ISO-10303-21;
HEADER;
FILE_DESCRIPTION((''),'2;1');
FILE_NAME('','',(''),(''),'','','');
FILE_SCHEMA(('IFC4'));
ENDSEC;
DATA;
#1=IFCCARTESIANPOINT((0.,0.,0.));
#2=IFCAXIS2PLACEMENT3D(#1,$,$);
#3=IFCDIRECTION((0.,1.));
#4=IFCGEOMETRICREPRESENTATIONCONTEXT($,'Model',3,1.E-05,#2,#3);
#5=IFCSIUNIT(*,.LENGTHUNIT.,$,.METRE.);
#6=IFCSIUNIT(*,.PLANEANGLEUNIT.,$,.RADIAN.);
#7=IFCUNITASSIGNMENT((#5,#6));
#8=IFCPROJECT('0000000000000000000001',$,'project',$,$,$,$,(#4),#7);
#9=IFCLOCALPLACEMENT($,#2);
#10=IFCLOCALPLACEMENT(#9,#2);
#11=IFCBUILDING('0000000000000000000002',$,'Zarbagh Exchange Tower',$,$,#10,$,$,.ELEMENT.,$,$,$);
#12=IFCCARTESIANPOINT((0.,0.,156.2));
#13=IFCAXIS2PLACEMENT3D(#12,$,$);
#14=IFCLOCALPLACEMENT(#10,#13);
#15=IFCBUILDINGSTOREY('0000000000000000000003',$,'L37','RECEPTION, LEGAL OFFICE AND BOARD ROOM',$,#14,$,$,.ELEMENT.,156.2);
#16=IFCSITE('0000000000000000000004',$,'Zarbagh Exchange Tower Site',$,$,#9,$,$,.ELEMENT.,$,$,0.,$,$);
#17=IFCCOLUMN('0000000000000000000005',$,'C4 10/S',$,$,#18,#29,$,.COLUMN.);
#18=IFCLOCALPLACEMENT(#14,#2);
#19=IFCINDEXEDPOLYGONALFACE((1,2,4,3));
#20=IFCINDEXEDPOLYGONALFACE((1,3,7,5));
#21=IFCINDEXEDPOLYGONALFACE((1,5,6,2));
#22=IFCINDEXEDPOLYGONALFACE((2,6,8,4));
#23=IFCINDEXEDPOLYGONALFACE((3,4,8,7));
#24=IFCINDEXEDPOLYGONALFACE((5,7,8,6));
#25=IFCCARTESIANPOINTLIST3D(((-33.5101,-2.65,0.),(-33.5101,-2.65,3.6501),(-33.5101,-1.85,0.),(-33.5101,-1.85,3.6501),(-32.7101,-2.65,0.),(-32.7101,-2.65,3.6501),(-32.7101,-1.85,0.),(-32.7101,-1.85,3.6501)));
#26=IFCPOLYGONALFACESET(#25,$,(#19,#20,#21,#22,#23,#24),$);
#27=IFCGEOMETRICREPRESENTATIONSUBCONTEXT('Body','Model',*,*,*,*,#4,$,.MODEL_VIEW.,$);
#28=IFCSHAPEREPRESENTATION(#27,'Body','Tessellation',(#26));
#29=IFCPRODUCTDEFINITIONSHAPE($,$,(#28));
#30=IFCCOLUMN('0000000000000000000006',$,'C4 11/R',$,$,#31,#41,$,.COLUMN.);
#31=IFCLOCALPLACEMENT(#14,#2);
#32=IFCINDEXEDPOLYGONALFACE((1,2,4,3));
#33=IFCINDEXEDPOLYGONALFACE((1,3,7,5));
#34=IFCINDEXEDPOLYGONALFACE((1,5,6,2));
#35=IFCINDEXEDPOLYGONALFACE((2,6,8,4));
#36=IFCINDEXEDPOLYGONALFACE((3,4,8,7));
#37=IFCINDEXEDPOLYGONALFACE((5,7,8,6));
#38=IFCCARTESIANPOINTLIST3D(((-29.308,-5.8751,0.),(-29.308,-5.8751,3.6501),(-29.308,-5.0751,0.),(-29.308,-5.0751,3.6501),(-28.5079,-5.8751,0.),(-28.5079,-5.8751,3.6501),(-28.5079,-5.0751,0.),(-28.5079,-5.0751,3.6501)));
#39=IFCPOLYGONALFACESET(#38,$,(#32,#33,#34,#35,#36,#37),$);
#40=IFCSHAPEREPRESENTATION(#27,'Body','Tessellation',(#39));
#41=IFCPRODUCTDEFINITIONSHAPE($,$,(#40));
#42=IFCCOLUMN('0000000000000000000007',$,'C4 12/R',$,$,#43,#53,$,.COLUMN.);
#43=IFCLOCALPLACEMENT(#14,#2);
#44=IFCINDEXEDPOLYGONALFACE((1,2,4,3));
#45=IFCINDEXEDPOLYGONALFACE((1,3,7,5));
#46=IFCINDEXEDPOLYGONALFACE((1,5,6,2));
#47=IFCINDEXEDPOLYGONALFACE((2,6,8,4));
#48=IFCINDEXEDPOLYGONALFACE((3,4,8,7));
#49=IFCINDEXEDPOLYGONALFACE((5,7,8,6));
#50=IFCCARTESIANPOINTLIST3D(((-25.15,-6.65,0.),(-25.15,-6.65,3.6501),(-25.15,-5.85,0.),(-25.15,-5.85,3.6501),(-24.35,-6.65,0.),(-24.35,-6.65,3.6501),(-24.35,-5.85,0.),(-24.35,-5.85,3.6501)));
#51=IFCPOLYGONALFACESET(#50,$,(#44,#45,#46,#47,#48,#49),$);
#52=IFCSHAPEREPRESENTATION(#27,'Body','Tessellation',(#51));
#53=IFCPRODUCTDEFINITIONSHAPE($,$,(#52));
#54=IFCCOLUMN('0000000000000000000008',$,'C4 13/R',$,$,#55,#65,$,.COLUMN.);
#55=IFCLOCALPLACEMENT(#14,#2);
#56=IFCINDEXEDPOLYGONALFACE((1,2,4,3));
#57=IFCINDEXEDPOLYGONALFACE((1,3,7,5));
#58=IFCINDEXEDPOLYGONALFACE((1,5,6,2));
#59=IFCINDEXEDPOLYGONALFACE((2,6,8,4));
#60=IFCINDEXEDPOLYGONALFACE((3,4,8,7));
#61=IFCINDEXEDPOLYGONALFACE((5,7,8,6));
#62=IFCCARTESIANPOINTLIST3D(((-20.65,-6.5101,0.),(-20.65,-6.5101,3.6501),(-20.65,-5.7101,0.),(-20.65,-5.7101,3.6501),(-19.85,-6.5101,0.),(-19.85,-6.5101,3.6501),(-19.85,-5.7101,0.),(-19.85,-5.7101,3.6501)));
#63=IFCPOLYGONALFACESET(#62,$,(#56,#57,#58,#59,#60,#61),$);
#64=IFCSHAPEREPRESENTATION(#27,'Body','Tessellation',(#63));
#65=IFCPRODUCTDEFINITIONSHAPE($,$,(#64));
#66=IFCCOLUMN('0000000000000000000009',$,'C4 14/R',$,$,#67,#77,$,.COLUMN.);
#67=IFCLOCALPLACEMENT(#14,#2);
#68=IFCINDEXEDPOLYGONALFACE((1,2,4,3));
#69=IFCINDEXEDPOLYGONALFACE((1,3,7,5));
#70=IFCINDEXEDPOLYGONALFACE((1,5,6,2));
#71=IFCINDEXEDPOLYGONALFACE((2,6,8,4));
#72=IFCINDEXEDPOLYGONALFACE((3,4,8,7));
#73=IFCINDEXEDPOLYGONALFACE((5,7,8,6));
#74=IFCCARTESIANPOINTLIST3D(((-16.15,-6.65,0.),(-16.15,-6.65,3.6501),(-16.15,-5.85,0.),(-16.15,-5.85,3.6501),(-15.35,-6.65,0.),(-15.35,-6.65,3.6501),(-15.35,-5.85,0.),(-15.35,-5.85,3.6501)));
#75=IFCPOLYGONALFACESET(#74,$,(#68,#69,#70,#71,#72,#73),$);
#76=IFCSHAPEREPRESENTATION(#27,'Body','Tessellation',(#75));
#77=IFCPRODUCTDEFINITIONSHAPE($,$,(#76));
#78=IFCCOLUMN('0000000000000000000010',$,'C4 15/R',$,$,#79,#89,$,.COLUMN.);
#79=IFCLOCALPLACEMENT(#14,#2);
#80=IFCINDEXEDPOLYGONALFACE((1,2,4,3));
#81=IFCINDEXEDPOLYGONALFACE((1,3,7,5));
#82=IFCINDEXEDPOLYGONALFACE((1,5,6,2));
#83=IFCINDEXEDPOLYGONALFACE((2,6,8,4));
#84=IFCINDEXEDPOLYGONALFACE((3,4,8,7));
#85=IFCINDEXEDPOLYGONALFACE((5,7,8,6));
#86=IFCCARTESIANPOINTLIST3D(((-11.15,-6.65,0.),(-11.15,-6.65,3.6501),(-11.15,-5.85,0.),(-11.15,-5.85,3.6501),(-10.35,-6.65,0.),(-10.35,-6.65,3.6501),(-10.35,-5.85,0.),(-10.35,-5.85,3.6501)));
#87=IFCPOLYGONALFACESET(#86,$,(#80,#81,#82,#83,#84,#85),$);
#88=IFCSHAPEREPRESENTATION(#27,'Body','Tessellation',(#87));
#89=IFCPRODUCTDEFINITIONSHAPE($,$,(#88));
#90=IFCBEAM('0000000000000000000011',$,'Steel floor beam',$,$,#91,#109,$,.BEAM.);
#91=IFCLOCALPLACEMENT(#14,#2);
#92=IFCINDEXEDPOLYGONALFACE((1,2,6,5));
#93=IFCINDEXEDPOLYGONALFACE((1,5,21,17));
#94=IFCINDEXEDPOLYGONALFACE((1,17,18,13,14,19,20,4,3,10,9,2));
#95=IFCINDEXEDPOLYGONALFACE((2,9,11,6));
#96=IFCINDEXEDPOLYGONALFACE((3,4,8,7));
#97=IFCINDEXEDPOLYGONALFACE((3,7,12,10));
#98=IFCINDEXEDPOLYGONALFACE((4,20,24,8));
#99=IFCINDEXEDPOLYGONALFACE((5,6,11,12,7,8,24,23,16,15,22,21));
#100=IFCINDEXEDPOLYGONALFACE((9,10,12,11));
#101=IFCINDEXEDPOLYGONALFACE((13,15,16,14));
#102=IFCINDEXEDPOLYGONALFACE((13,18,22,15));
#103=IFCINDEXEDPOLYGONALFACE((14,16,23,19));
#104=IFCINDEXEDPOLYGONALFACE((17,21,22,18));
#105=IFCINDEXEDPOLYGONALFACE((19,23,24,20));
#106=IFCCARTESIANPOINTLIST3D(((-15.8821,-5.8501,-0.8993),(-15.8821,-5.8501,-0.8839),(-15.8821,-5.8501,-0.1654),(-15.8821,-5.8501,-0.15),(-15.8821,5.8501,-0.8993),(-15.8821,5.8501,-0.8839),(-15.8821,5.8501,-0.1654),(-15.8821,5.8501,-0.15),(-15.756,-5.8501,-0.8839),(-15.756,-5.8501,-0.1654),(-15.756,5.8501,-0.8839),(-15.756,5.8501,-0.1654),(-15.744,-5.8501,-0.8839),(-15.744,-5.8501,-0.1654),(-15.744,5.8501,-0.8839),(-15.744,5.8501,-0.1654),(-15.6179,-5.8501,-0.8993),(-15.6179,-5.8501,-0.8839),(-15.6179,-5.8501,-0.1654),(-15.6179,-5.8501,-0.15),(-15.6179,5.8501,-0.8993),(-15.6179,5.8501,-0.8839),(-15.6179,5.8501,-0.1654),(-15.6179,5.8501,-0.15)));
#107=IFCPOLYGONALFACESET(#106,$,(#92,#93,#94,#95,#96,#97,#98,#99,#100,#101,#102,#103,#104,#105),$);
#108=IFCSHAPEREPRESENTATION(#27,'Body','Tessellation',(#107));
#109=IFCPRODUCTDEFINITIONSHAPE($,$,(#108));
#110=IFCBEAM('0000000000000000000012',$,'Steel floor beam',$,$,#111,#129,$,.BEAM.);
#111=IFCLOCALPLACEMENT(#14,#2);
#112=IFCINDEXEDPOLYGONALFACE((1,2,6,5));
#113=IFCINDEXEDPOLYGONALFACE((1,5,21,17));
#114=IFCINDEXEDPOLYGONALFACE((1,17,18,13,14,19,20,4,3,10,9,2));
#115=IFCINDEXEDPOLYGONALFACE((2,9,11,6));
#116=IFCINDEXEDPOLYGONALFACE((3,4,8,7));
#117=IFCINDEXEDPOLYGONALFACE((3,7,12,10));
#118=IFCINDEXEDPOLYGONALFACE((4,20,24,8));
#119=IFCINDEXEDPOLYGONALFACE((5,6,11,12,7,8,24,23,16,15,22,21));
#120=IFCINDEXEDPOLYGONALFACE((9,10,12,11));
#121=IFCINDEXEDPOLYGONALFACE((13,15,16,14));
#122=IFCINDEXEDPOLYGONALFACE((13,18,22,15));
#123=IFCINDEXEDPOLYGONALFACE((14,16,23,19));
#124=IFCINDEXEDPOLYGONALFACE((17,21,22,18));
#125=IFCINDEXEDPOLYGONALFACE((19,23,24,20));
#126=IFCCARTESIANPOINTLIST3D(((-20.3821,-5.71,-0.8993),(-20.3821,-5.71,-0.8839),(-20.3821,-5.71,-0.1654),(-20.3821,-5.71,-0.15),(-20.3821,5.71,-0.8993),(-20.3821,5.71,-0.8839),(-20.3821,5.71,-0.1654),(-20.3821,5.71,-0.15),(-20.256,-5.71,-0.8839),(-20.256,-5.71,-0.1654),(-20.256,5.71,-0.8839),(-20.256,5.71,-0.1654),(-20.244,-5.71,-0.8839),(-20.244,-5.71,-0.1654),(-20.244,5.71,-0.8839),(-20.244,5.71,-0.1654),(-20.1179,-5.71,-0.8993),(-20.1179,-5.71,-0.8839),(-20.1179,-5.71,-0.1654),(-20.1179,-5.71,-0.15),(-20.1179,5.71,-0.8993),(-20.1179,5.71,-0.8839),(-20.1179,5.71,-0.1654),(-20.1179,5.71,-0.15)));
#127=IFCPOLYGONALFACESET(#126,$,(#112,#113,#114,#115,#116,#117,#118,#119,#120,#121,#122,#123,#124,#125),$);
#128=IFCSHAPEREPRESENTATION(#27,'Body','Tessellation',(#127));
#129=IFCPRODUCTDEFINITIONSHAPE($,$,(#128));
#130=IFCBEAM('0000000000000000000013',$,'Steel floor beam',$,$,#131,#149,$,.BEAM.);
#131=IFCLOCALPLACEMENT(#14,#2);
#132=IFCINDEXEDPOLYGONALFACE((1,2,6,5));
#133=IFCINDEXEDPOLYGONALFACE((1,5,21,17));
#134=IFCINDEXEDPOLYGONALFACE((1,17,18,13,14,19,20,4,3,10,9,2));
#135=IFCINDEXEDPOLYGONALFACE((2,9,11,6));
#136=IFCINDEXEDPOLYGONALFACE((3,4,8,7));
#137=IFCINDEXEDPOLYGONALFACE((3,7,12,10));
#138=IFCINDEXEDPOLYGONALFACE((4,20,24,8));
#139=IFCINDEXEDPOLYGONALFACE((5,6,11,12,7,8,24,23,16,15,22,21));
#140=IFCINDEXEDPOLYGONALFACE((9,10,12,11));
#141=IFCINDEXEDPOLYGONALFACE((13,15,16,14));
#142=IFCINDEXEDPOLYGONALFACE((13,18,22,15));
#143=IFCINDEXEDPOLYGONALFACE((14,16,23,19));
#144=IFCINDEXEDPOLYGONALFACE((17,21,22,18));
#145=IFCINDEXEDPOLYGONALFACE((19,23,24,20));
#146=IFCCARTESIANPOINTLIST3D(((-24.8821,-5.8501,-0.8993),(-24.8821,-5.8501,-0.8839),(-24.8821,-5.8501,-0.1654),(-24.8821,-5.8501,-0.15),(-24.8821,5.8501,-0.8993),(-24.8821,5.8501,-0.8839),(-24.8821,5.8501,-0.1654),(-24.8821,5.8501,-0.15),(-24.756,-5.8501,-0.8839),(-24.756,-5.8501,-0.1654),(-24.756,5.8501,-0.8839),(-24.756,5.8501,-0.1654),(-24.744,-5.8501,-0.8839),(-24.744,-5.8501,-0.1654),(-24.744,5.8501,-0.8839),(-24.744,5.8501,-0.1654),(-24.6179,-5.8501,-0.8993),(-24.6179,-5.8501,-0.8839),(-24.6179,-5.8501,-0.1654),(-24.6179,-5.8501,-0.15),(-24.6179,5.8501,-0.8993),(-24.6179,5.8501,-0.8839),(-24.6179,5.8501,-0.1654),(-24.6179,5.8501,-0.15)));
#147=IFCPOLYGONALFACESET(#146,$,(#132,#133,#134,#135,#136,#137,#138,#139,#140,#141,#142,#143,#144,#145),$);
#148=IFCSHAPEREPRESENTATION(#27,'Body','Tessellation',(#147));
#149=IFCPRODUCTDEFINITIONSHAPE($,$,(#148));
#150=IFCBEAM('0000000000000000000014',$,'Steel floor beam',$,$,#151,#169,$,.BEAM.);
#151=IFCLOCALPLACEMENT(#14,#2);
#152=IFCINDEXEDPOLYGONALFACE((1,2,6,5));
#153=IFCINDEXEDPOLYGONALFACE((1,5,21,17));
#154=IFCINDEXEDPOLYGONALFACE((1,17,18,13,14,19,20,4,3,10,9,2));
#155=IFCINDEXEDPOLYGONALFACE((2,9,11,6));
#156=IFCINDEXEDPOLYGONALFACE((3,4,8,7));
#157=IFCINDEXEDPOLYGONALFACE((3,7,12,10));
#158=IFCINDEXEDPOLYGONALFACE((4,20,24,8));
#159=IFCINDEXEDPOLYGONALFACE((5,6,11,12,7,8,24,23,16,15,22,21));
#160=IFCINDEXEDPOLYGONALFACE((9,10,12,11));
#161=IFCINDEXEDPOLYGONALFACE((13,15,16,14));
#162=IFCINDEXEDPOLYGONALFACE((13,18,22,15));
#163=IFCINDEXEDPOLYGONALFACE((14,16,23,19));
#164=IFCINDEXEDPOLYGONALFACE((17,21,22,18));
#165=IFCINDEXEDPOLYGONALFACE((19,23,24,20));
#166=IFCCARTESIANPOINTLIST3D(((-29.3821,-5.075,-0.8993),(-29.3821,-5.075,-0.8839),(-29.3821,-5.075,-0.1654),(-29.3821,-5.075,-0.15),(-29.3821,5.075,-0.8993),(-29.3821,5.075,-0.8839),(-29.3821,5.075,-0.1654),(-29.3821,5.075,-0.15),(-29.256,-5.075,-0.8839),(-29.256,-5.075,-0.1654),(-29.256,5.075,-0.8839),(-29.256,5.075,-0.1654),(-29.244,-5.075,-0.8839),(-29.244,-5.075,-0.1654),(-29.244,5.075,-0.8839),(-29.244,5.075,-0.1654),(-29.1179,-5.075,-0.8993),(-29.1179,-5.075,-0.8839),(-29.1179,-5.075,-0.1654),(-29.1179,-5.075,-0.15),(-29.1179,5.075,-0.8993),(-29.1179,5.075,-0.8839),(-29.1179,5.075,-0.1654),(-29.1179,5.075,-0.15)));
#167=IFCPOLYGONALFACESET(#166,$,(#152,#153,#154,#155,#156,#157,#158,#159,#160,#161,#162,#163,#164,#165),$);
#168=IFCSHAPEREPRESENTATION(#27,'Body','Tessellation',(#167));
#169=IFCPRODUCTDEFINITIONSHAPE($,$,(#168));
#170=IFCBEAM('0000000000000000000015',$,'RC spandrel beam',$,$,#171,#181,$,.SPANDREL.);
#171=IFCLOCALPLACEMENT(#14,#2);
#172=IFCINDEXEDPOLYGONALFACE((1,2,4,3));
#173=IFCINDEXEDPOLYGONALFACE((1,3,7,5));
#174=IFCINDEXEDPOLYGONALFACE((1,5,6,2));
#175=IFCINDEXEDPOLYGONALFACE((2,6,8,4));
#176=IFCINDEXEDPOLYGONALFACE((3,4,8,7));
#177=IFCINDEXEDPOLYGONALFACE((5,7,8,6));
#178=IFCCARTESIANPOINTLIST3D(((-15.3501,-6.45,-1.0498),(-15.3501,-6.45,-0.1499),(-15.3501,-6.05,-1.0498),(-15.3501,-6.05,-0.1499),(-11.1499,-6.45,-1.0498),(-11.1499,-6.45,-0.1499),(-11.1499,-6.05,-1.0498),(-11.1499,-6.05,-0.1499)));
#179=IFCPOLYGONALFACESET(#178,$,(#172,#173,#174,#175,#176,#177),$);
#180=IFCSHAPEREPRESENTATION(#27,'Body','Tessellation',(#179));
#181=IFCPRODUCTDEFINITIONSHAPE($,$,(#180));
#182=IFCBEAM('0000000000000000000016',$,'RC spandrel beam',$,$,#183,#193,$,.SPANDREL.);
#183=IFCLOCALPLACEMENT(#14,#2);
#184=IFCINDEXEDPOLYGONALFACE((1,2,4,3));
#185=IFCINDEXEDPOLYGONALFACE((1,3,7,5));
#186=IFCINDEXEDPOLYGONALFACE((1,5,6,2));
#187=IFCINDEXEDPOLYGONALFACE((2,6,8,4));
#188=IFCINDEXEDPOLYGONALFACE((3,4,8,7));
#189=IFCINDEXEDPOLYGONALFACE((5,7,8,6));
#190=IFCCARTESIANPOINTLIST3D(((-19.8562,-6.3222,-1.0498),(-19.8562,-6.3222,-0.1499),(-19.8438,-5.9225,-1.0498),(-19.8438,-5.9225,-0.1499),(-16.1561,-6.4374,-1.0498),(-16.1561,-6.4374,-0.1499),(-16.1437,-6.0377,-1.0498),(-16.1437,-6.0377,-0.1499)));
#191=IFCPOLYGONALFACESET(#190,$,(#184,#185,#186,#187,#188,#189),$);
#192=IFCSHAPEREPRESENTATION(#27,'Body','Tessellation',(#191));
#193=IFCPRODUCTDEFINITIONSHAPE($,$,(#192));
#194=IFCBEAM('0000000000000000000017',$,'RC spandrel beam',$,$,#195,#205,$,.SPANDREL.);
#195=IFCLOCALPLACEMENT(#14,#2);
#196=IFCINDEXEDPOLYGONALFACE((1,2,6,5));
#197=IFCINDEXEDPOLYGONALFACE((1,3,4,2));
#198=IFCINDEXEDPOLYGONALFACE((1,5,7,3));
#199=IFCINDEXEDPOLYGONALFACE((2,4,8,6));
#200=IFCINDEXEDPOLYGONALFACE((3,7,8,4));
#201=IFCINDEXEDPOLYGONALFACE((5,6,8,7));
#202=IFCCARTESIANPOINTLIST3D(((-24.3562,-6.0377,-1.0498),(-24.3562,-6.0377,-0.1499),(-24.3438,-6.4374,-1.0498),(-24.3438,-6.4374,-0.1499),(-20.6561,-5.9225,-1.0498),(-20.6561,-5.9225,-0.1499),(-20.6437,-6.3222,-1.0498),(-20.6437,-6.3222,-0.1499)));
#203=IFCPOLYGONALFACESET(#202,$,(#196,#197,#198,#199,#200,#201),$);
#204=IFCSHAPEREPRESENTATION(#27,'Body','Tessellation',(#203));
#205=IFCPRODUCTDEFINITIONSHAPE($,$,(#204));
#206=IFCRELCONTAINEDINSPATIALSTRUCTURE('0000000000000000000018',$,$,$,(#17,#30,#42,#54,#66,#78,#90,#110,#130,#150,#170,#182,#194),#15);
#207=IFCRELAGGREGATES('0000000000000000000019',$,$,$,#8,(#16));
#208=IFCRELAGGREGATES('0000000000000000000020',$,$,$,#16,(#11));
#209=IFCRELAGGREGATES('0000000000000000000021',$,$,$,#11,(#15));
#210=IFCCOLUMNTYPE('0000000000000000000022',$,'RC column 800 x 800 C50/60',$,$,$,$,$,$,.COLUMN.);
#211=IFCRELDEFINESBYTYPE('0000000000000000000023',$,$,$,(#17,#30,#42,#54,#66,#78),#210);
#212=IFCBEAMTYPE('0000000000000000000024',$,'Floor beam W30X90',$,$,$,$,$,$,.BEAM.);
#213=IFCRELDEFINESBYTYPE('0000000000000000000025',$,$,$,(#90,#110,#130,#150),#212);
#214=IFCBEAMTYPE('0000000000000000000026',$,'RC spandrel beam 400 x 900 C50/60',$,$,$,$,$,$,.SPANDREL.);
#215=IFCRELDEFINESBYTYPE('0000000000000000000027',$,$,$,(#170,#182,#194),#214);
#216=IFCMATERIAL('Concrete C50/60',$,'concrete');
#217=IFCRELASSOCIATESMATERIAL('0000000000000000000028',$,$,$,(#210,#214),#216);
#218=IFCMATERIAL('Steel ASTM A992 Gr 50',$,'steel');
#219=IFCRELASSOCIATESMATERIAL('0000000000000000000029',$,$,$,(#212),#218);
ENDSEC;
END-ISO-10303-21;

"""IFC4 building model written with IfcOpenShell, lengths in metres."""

from ifc_helpers import new_model, si_unit, direction, frame, origin, origin_2d, place, context, subcontext, project, spatial, rectangle, i_section, extrude, material, material_profile, profile_set, type_object, element, save


model = new_model("IFC4")

# Units and contexts
model_context = context("Model", 3, precision=1e-05, world=origin(), true_north=direction((0.0, 1.0)))
body_context = subcontext(model_context, "Body", "Model", "MODEL_VIEW")
ifc_project = project(units=[si_unit("LENGTHUNIT", "METRE"), si_unit("PLANEANGLEUNIT", "RADIAN")], contexts=[model_context])

# Site, building, storey
site_placement = place(None, origin())
site = spatial("IfcSite", under=ifc_project, at=site_placement, Name="Zarbagh Exchange Tower Site", CompositionType="ELEMENT", RefElevation=0.0)
building_placement = place(site_placement, origin())
building = spatial("IfcBuilding", under=site, at=building_placement, Name="Zarbagh Exchange Tower", CompositionType="ELEMENT")
storey_placement = place(building_placement, frame((0.0, 0.0, 156.2)))
storey = spatial("IfcBuildingStorey", under=building, at=storey_placement, Name="L37", Description="RECEPTION, LEGAL OFFICE AND BOARD ROOM", CompositionType="ELEMENT", Elevation=156.2)

# Columns
ifc_material_1 = material(Name="Concrete C50/60", Category="concrete")
ifc_material_profile_1 = material_profile(ifc_material_1, rectangle(XDim=0.8, YDim=0.8, at=origin_2d()), Name="RC column 800 x 800 C50/60")
ifc_profile_set_1 = profile_set([ifc_material_profile_1], Name="Concrete C50/60")
column_type = type_object("IfcColumnType", Name="RC column 800 x 800 C50/60", PredefinedType="COLUMN", material=ifc_profile_set_1)
for number, where, z_axis, x_axis, name in (
    (1, (-33.1101, -2.25, 0.0), (0.0, 0.0, 1.0), (1.0, 0.0, 0.0), "C4 10/S"),
    (2, (-28.908, -5.4751, 0.0), (0.0, 0.0, 1.0), (1.0, 0.0, 0.0), "C4 11/R"),
    (3, (-24.75, -6.25, 0.0), (0.0, 0.0, 1.0), (1.0, 0.0, 0.0), "C4 12/R"),
    (4, (-20.25, -6.1101, 0.0), (0.0, 0.0, 1.0), (1.0, 0.0, 0.0), "C4 13/R"),
    (5, (-15.75, -6.25, 0.0), (0.0, 0.0, 1.0), (1.0, 0.0, 0.0), "C4 14/R"),
    (6, (-10.75, -6.25, 0.0), (0.0, 0.0, 1.0), (1.0, 0.0, 0.0), "C4 15/R"),
):
    element("IfcColumn", number, at=place(storey_placement, frame(where, z_axis=z_axis, x_axis=x_axis)), inside=storey, type_object=column_type, Name=name, PredefinedType="COLUMN", context=body_context, shape_type="SweptSolid", body=[
        extrude(rectangle(XDim=0.8, YDim=0.8, at=origin_2d()), origin(), (0.0, 0.0, 1.0), 3.6501),
    ])

# Beams
ifc_material_2 = material(Name="Steel ASTM A992 Gr 50", Category="steel")
ifc_material_profile_2 = material_profile(ifc_material_2, i_section(OverallWidth=0.2642, OverallDepth=0.7493, WebThickness=0.012, FlangeThickness=0.0154, at=origin_2d()), Name="W30X90")
ifc_profile_set_2 = profile_set([ifc_material_profile_2], Name="Steel ASTM A992 Gr 50")
beam_type_1 = type_object("IfcBeamType", Name="Floor beam W30X90", PredefinedType="BEAM", material=ifc_profile_set_2)
beam_1_placement = place(storey_placement, frame((-15.75, -5.8501, -0.5247), z_axis=(0.0, 1.0, 0.0), x_axis=(-1.0, 0.0, 0.0)))
element("IfcBeam", 7, at=beam_1_placement, inside=storey, type_object=beam_type_1, Name="Steel floor beam", PredefinedType="BEAM", context=body_context, shape_type="SweptSolid", body=[
    extrude(i_section(OverallWidth=0.2642, OverallDepth=0.7493, WebThickness=0.012, FlangeThickness=0.0154, at=origin_2d()), origin(), (0.0, 0.0, 1.0), 11.7002),
])
beam_2_placement = place(storey_placement, frame((-20.25, -5.71, -0.5247), z_axis=(0.0, 1.0, 0.0), x_axis=(-1.0, 0.0, 0.0)))
element("IfcBeam", 8, at=beam_2_placement, inside=storey, type_object=beam_type_1, Name="Steel floor beam", PredefinedType="BEAM", context=body_context, shape_type="SweptSolid", body=[
    extrude(i_section(OverallWidth=0.2642, OverallDepth=0.7493, WebThickness=0.012, FlangeThickness=0.0154, at=origin_2d()), origin(), (0.0, 0.0, 1.0), 11.4199),
])
beam_3_placement = place(storey_placement, frame((-24.75, -5.8501, -0.5247), z_axis=(0.0, 1.0, 0.0), x_axis=(-1.0, 0.0, 0.0)))
element("IfcBeam", 9, at=beam_3_placement, inside=storey, type_object=beam_type_1, Name="Steel floor beam", PredefinedType="BEAM", context=body_context, shape_type="SweptSolid", body=[
    extrude(i_section(OverallWidth=0.2642, OverallDepth=0.7493, WebThickness=0.012, FlangeThickness=0.0154, at=origin_2d()), origin(), (0.0, 0.0, 1.0), 11.7002),
])
beam_4_placement = place(storey_placement, frame((-29.25, -5.075, -0.5247), z_axis=(0.0, 1.0, 0.0), x_axis=(-1.0, 0.0, 0.0)))
element("IfcBeam", 10, at=beam_4_placement, inside=storey, type_object=beam_type_1, Name="Steel floor beam", PredefinedType="BEAM", context=body_context, shape_type="SweptSolid", body=[
    extrude(i_section(OverallWidth=0.2642, OverallDepth=0.7493, WebThickness=0.012, FlangeThickness=0.0154, at=origin_2d()), origin(), (0.0, 0.0, 1.0), 10.1499),
])
ifc_material_profile_3 = material_profile(ifc_material_1, rectangle(XDim=0.3999, YDim=0.8999, at=origin_2d()), Name="RC spandrel beam 400 x 900 C50/60")
ifc_profile_set_3 = profile_set([ifc_material_profile_3], Name="Concrete C50/60")
beam_type_2 = type_object("IfcBeamType", Name="RC spandrel beam 400 x 900 C50/60", PredefinedType="SPANDREL", material=ifc_profile_set_3)
beam_5_placement = place(storey_placement, frame((-11.1499, -6.25, -0.5999), z_axis=(-1.0, 0.0, 0.0), x_axis=(0.0, -1.0, 0.0)))
element("IfcBeam", 11, at=beam_5_placement, inside=storey, type_object=beam_type_2, Name="RC spandrel beam", PredefinedType="SPANDREL", context=body_context, shape_type="SweptSolid", body=[
    extrude(rectangle(XDim=0.3999, YDim=0.8999, at=origin_2d()), origin(), (0.0, 0.0, 1.0), 4.2002),
])
for number, where, z_axis, x_axis, name in (
    (12, (-16.1499, -6.2375, -0.5999), (-0.999515, 0.031128, 0.0), (-0.031128, -0.999515, 0.0), "RC spandrel beam"),
    (13, (-20.6499, -6.1223, -0.5999), (-0.999515, -0.031128, 0.0), (0.031128, -0.999515, 0.0), "RC spandrel beam"),
):
    element("IfcBeam", number, at=place(storey_placement, frame(where, z_axis=z_axis, x_axis=x_axis)), inside=storey, type_object=beam_type_2, Name=name, PredefinedType="SPANDREL", context=body_context, shape_type="SweptSolid", body=[
        extrude(rectangle(XDim=0.3999, YDim=0.8999, at=origin_2d()), origin(), (0.0, 0.0, 1.0), 3.7019),
    ])

save(model, "model.ifc")
